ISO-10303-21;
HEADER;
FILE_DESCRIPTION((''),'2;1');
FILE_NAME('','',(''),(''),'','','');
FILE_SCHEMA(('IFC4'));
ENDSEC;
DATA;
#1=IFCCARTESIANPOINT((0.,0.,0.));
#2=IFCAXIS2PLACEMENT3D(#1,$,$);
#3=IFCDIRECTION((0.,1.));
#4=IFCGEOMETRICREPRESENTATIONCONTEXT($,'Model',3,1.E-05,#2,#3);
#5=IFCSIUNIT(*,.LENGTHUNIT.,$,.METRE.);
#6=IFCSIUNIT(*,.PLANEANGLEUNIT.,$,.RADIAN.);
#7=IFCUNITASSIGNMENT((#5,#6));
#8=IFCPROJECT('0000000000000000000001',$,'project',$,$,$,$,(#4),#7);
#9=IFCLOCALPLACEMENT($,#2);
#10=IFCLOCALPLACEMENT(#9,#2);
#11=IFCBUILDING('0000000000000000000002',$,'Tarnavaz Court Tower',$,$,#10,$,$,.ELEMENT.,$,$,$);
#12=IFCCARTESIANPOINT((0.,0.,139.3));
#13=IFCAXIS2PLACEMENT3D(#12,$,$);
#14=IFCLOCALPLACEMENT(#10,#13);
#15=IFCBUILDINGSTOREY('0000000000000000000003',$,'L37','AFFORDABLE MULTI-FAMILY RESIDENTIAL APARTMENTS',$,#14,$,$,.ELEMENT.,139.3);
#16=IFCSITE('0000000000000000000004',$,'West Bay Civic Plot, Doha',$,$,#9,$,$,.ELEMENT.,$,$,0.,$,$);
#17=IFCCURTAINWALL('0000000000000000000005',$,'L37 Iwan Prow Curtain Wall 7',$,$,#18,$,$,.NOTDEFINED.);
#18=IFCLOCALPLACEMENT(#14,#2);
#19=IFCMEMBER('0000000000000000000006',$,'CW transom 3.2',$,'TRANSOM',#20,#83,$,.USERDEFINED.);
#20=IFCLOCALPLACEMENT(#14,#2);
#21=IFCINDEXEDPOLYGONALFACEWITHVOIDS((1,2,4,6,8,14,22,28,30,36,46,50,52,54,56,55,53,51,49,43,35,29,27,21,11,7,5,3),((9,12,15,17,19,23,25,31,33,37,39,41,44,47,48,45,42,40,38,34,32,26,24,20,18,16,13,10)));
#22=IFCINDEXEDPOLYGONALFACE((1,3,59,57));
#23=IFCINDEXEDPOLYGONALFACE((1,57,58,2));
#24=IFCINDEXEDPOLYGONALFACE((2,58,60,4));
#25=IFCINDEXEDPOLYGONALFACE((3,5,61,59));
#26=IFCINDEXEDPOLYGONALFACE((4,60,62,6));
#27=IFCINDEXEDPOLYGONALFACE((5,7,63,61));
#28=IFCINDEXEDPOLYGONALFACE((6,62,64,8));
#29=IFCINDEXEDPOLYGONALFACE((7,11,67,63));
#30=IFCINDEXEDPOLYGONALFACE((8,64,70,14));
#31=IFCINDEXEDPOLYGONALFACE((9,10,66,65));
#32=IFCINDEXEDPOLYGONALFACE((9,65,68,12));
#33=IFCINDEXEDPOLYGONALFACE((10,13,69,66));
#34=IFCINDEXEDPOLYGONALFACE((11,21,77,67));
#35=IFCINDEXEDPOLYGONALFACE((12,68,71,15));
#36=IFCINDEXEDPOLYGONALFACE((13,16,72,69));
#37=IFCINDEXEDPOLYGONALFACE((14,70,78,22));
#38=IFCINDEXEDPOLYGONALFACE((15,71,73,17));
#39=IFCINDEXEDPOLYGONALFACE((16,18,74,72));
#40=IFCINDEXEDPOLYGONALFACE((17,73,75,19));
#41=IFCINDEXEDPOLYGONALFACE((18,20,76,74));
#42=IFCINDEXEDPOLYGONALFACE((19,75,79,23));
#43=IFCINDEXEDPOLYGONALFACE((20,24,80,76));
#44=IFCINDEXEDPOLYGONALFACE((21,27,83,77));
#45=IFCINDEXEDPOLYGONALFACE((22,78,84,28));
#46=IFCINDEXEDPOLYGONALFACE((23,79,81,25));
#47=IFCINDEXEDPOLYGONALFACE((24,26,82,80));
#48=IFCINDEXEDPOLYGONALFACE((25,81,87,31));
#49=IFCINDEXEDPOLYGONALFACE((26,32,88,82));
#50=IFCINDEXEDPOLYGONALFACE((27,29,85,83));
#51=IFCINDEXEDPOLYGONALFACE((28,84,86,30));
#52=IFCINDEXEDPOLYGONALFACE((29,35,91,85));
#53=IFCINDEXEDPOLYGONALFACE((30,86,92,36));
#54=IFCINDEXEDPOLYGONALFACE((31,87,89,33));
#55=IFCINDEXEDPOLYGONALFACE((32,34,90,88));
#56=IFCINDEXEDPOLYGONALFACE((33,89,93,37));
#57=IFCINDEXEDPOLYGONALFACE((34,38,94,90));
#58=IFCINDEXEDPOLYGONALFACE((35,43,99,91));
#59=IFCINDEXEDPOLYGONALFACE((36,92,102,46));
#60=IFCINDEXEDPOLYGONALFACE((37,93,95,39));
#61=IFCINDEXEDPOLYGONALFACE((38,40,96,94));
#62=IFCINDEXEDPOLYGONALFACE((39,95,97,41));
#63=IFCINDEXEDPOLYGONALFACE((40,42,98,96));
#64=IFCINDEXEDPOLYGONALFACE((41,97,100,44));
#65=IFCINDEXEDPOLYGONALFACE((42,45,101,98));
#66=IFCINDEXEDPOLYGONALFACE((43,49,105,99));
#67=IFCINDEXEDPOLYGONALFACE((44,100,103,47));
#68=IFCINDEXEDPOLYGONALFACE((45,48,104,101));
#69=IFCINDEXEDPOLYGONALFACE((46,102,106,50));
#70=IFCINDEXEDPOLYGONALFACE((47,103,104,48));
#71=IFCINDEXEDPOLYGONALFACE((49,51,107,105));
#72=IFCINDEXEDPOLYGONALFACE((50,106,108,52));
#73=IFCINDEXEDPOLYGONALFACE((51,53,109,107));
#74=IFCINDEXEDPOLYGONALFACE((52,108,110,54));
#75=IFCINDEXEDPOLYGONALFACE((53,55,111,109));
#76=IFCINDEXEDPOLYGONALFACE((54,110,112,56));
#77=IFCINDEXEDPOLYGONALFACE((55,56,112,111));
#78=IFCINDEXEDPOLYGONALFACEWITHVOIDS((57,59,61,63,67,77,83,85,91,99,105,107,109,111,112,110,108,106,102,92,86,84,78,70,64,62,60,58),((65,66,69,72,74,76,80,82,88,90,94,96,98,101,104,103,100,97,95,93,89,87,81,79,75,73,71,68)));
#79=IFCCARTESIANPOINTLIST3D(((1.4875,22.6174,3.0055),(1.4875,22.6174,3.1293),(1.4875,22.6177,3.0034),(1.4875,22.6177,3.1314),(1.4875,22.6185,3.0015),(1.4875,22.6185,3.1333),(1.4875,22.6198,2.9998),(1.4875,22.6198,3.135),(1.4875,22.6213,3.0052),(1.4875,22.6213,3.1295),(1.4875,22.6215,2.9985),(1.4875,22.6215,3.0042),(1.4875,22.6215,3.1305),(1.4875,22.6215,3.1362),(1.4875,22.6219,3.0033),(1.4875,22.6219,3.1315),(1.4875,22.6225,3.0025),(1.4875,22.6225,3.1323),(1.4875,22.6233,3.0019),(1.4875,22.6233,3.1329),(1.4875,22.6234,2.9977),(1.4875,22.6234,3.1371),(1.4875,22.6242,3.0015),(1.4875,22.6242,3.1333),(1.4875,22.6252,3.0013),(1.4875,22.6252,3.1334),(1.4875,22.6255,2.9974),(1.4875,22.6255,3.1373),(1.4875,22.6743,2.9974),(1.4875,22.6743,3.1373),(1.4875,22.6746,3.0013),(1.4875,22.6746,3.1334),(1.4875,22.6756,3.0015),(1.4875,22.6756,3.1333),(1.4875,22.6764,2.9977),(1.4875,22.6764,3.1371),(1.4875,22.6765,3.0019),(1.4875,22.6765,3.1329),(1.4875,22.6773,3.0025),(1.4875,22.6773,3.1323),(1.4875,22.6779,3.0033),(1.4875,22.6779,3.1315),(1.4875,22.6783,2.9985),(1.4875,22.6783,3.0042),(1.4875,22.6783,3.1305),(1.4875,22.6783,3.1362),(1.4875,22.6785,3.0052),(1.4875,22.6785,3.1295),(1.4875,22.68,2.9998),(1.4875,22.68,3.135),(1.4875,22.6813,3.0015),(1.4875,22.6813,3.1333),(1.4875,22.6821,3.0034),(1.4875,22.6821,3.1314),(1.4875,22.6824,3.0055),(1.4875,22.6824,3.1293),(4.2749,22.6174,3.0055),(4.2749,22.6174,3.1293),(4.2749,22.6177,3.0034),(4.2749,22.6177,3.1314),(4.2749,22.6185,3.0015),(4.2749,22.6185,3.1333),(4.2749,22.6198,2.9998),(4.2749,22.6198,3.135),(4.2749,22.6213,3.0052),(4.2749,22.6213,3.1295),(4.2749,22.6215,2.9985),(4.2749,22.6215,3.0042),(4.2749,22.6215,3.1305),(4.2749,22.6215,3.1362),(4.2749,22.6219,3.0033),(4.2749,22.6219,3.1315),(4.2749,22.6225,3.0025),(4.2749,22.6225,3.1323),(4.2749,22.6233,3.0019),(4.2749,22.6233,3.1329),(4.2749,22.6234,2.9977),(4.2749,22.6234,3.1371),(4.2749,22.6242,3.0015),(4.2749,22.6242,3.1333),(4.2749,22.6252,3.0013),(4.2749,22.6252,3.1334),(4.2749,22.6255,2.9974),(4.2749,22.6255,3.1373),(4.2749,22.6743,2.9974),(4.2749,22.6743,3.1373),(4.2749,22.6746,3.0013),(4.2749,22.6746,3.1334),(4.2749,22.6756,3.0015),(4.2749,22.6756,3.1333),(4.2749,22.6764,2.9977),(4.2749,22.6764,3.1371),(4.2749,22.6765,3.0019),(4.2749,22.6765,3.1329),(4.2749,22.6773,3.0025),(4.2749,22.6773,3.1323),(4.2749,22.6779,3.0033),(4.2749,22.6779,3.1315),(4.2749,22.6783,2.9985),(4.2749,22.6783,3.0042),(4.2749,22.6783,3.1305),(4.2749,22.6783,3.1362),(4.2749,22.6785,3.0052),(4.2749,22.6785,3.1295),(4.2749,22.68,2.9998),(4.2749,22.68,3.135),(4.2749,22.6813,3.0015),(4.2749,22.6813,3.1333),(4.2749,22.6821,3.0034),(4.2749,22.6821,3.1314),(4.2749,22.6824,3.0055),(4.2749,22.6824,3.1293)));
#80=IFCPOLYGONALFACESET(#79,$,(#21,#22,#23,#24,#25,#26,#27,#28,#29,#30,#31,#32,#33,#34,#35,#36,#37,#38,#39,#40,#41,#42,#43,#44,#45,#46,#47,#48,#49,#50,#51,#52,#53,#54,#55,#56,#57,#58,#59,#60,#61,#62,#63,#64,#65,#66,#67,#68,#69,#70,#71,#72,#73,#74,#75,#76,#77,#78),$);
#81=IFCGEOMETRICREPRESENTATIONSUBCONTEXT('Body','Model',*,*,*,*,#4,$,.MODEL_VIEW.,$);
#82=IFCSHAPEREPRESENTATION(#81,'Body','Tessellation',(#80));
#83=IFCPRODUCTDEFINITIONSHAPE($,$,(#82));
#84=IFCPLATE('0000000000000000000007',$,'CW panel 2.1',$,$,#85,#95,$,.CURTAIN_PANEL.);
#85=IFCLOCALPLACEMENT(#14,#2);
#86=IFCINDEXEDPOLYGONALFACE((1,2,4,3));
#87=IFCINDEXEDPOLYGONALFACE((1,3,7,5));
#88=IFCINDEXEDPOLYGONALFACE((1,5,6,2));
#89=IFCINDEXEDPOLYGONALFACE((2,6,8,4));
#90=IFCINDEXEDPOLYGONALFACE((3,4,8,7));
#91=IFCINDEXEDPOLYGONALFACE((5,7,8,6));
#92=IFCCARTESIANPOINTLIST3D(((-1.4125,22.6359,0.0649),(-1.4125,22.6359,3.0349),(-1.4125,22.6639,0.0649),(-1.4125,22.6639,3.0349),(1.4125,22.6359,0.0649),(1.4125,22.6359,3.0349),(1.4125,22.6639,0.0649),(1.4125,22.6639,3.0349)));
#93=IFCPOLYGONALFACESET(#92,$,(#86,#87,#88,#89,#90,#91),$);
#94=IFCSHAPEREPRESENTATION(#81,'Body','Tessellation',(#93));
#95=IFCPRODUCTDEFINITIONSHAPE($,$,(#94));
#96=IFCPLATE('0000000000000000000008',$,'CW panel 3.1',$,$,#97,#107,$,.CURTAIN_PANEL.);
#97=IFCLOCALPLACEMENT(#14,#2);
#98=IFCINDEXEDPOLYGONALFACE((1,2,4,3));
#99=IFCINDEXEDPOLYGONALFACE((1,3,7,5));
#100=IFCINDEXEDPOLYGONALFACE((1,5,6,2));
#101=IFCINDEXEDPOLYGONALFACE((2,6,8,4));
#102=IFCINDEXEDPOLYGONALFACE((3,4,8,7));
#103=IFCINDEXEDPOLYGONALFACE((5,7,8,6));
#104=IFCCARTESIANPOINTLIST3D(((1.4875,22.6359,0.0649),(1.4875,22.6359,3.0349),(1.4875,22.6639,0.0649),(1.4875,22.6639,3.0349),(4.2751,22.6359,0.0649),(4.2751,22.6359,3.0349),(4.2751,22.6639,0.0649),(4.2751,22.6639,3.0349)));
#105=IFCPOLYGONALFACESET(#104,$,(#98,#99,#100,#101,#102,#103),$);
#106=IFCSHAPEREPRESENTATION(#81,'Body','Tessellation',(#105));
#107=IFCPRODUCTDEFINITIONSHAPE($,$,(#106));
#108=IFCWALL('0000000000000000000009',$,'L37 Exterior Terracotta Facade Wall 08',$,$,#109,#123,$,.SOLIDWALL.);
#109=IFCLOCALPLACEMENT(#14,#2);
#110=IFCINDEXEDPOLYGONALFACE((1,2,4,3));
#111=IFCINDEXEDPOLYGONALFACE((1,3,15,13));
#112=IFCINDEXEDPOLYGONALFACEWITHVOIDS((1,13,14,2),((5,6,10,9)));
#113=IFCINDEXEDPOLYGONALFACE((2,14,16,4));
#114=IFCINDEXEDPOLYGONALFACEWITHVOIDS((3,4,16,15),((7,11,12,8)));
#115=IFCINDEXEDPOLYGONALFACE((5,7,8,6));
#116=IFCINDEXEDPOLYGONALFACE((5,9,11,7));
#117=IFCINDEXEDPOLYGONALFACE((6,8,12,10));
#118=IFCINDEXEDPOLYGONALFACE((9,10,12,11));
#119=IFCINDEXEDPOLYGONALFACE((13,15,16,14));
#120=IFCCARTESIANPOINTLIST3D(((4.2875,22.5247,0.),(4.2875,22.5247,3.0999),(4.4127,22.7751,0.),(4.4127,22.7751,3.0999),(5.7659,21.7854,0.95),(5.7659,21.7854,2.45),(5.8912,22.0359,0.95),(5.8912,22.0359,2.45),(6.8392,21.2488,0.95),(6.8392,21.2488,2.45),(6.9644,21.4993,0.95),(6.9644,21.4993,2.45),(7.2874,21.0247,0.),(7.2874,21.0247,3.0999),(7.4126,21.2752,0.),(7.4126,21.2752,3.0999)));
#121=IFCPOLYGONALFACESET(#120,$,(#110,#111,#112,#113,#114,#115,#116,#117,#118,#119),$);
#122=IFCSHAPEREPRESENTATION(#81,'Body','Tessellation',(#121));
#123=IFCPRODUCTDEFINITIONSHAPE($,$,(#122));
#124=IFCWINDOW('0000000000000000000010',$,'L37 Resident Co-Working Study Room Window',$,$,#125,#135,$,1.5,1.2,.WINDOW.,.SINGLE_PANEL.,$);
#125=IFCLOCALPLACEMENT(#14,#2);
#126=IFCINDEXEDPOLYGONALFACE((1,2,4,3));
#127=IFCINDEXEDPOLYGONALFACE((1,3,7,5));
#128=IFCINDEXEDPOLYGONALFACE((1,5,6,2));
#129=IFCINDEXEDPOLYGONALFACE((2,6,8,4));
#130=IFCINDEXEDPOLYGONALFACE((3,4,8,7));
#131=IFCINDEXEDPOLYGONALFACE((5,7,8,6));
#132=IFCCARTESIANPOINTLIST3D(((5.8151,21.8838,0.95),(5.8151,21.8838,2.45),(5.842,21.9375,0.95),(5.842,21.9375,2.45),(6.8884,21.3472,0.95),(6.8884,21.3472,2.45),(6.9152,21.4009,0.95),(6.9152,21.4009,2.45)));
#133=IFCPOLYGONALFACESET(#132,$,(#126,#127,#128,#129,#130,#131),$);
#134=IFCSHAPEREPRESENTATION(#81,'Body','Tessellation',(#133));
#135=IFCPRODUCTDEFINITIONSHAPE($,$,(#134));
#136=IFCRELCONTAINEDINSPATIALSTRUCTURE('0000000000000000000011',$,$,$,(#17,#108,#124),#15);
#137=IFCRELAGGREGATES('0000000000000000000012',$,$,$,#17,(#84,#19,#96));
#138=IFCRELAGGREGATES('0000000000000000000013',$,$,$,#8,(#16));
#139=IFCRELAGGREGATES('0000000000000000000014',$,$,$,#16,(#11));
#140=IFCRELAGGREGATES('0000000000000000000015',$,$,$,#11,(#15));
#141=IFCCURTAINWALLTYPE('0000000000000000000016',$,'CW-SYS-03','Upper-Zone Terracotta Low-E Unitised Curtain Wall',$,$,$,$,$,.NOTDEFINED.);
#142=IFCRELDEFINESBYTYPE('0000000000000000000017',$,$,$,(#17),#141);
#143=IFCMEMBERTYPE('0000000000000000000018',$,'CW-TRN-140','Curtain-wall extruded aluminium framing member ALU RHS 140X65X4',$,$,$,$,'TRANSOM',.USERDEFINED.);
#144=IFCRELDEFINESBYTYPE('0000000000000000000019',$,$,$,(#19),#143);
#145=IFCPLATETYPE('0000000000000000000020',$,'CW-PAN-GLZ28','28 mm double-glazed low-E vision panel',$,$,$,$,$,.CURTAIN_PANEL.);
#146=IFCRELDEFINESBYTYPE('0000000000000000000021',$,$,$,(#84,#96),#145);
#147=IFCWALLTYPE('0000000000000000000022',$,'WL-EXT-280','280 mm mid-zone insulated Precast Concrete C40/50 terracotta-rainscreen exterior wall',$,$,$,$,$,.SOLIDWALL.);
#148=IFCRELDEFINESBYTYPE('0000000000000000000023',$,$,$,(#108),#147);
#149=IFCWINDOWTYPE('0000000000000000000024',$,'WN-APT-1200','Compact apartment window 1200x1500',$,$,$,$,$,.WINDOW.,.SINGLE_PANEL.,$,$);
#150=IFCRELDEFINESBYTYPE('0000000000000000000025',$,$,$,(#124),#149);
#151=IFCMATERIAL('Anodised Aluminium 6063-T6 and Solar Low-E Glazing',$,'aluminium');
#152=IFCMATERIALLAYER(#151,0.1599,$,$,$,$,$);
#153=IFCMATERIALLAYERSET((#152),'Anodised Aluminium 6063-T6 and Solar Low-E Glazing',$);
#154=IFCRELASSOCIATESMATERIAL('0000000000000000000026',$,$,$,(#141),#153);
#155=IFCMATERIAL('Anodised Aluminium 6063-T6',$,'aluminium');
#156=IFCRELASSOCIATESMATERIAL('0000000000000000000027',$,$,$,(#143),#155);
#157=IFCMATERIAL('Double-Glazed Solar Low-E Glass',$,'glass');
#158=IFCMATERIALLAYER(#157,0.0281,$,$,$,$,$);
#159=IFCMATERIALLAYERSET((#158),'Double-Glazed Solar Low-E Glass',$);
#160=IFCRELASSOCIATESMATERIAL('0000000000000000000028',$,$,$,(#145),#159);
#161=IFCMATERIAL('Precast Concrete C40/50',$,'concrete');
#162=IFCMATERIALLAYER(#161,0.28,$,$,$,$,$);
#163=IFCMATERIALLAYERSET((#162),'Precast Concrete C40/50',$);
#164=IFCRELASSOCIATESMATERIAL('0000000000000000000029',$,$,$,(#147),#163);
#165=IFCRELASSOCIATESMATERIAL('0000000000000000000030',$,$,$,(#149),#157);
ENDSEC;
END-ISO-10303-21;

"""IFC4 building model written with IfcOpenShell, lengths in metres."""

from ifc_helpers import new_model, si_unit, direction, frame, frame_2d, origin, origin_2d, place, context, subcontext, project, spatial, rectangle, hollow_rectangle, extrude, material, layer, layer_set, material_profile, profile_set, type_object, element, fill, aggregate, save


model = new_model("IFC4")

# Units and contexts
model_context = context("Model", 3, precision=1e-05, world=origin(), true_north=direction((0.0, 1.0)))
body_context = subcontext(model_context, "Body", "Model", "MODEL_VIEW")
ifc_project = project(units=[si_unit("LENGTHUNIT", "METRE"), si_unit("PLANEANGLEUNIT", "RADIAN")], contexts=[model_context])

# Site, building, storey
site_placement = place(None, origin())
site = spatial("IfcSite", under=ifc_project, at=site_placement, Name="West Bay Civic Plot, Doha", CompositionType="ELEMENT", RefElevation=0.0)
building_placement = place(site_placement, origin())
building = spatial("IfcBuilding", under=site, at=building_placement, Name="Tarnavaz Court Tower", CompositionType="ELEMENT")
storey_placement = place(building_placement, frame((0.0, 0.0, 139.3)))
storey = spatial("IfcBuildingStorey", under=building, at=storey_placement, Name="L37", Description="AFFORDABLE MULTI-FAMILY RESIDENTIAL APARTMENTS", CompositionType="ELEMENT", Elevation=139.3)

# Curtain wall, member, plates
ifc_material_1 = material(Name="Anodised Aluminium 6063-T6 and Solar Low-E Glazing", Category="aluminium")
ifc_layer_1 = layer(ifc_material_1, 0.1599)
ifc_layer_set_1 = layer_set([ifc_layer_1], Name="Anodised Aluminium 6063-T6 and Solar Low-E Glazing")
curtain_wall_type = type_object("IfcCurtainWallType", Name="CW-SYS-03", Description="Upper-Zone Terracotta Low-E Unitised Curtain Wall", PredefinedType="NOTDEFINED", material=ifc_layer_set_1)
curtain_wall_placement = place(storey_placement, origin())
curtain_wall = element("IfcCurtainWall", 1, at=curtain_wall_placement, inside=storey, type_object=curtain_wall_type, Name="L37 Iwan Prow Curtain Wall 7", PredefinedType="NOTDEFINED")
ifc_material_2 = material(Name="Anodised Aluminium 6063-T6", Category="aluminium")
ifc_material_profile_1 = material_profile(ifc_material_2, hollow_rectangle(XDim=0.0649, YDim=0.1399, WallThickness=0.0039, InnerFilletRadius=0.0039, OuterFilletRadius=0.0081, at=origin_2d()), Name="ALU RHS 140X65X4")
ifc_profile_set_1 = profile_set([ifc_material_profile_1], Name="Anodised Aluminium 6063-T6")
member_type_1 = type_object("IfcMemberType", Name="CW-TRN-140", Description="Curtain-wall extruded aluminium framing member ALU RHS 140X65X4", ElementType="TRANSOM", PredefinedType="USERDEFINED", material=ifc_profile_set_1)
member_1_placement = place(storey_placement, frame((1.4875, 22.6499, 3.0674), z_axis=(1.0, 0.0, 0.0), x_axis=(0.0, 1.0, 0.0)))
member_1 = element("IfcMember", 2, at=member_1_placement, type_object=member_type_1, Name="CW transom 3.2", ObjectType="TRANSOM", PredefinedType="USERDEFINED", context=body_context, shape_type="SweptSolid", body=[
    extrude(hollow_rectangle(XDim=0.0649, YDim=0.1399, WallThickness=0.0039, InnerFilletRadius=0.0039, OuterFilletRadius=0.0081, at=origin_2d()), origin(), (0.0, 0.0, 1.0), 2.7874),
])
ifc_material_3 = material(Name="Double-Glazed Solar Low-E Glass", Category="glass")
ifc_layer_2 = layer(ifc_material_3, 0.0281)
ifc_layer_set_2 = layer_set([ifc_layer_2], Name="Double-Glazed Solar Low-E Glass")
plate_type = type_object("IfcPlateType", Name="CW-PAN-GLZ28", Description="28 mm double-glazed low-E vision panel", PredefinedType="CURTAIN_PANEL", material=ifc_layer_set_2)
plate_1_placement = place(storey_placement, frame((0.0, 22.6499, 0.0649), z_axis=(0.0, 0.0, 1.0), x_axis=(1.0, 0.0, 0.0)))
plate_1 = element("IfcPlate", 3, at=plate_1_placement, type_object=plate_type, Name="CW panel 2.1", PredefinedType="CURTAIN_PANEL", context=body_context, shape_type="SweptSolid", body=[
    extrude(rectangle(XDim=2.825, YDim=0.0281, at=origin_2d()), origin(), (0.0, 0.0, 1.0), 2.97),
])
plate_2_placement = place(storey_placement, frame((2.8813, 22.6499, 0.0649), z_axis=(0.0, 0.0, 1.0), x_axis=(1.0, 0.0, 0.0)))
plate_2 = element("IfcPlate", 4, at=plate_2_placement, type_object=plate_type, Name="CW panel 3.1", PredefinedType="CURTAIN_PANEL", context=body_context, shape_type="SweptSolid", body=[
    extrude(rectangle(XDim=2.7876, YDim=0.0281, at=origin_2d()), origin(), (0.0, 0.0, 1.0), 2.97),
])
aggregate(curtain_wall, [plate_1, member_1, plate_2])

# Wall, opening, window
ifc_material_4 = material(Name="Precast Concrete C40/50", Category="concrete")
ifc_layer_3 = layer(ifc_material_4, 0.28)
ifc_layer_set_3 = layer_set([ifc_layer_3], Name="Precast Concrete C40/50")
wall_type_1 = type_object("IfcWallType", Name="WL-EXT-280", Description="280 mm mid-zone insulated Precast Concrete C40/50 terracotta-rainscreen exterior wall", PredefinedType="SOLIDWALL", material=ifc_layer_set_3)
wall_1_placement = place(storey_placement, frame((4.3501, 22.6499, 0.0), z_axis=(0.0, 0.0, 1.0), x_axis=(0.894427, -0.447214, 0.0)))
wall_1 = element("IfcWall", 5, at=wall_1_placement, inside=storey, type_object=wall_type_1, Name="L37 Exterior Terracotta Facade Wall 08", PredefinedType="SOLIDWALL", context=body_context, shape_type="SweptSolid", body=[
    extrude(rectangle(XDim=3.354, YDim=0.28, at=frame_2d((1.677, 0.0))), origin(), (0.0, 0.0, 1.0), 3.0999),
])
opening_1_placement = place(wall_1_placement, frame((1.6528, 0.0, 0.95)))
opening_1 = element("IfcOpeningElement", 6, at=opening_1_placement, cuts=wall_1, PredefinedType="OPENING", context=body_context, shape_type="SweptSolid", body=[
    extrude(rectangle(XDim=1.2, YDim=1.5, at=frame_2d((0.6001, 0.75))), frame((0.0, 0.1499, 0.0), z_axis=(0.0, -1.0, 0.0), x_axis=(1.0, 0.0, 0.0)), (0.0, 0.0, 1.0), 0.3),
])
window_type_1 = type_object("IfcWindowType", Name="WN-APT-1200", Description="Compact apartment window 1200x1500", PartitioningType="SINGLE_PANEL", PredefinedType="WINDOW", material=ifc_material_3)
window_1_placement = place(opening_1_placement, origin())
window_1 = element("IfcWindow", 7, at=window_1_placement, inside=storey, type_object=window_type_1, Name="L37 Resident Co-Working Study Room Window", OverallHeight=1.5, OverallWidth=1.2, PartitioningType="SINGLE_PANEL", PredefinedType="WINDOW", context=body_context, shape_type="SweptSolid", body=[
    extrude(rectangle(XDim=1.2, YDim=1.5, at=frame_2d((0.6001, 0.75))), frame((0.0, 0.03, 0.0), z_axis=(0.0, -1.0, 0.0), x_axis=(1.0, 0.0, 0.0)), (0.0, 0.0, 1.0), 0.0601),
])
fill(opening_1, window_1)

save(model, "model.ifc")
